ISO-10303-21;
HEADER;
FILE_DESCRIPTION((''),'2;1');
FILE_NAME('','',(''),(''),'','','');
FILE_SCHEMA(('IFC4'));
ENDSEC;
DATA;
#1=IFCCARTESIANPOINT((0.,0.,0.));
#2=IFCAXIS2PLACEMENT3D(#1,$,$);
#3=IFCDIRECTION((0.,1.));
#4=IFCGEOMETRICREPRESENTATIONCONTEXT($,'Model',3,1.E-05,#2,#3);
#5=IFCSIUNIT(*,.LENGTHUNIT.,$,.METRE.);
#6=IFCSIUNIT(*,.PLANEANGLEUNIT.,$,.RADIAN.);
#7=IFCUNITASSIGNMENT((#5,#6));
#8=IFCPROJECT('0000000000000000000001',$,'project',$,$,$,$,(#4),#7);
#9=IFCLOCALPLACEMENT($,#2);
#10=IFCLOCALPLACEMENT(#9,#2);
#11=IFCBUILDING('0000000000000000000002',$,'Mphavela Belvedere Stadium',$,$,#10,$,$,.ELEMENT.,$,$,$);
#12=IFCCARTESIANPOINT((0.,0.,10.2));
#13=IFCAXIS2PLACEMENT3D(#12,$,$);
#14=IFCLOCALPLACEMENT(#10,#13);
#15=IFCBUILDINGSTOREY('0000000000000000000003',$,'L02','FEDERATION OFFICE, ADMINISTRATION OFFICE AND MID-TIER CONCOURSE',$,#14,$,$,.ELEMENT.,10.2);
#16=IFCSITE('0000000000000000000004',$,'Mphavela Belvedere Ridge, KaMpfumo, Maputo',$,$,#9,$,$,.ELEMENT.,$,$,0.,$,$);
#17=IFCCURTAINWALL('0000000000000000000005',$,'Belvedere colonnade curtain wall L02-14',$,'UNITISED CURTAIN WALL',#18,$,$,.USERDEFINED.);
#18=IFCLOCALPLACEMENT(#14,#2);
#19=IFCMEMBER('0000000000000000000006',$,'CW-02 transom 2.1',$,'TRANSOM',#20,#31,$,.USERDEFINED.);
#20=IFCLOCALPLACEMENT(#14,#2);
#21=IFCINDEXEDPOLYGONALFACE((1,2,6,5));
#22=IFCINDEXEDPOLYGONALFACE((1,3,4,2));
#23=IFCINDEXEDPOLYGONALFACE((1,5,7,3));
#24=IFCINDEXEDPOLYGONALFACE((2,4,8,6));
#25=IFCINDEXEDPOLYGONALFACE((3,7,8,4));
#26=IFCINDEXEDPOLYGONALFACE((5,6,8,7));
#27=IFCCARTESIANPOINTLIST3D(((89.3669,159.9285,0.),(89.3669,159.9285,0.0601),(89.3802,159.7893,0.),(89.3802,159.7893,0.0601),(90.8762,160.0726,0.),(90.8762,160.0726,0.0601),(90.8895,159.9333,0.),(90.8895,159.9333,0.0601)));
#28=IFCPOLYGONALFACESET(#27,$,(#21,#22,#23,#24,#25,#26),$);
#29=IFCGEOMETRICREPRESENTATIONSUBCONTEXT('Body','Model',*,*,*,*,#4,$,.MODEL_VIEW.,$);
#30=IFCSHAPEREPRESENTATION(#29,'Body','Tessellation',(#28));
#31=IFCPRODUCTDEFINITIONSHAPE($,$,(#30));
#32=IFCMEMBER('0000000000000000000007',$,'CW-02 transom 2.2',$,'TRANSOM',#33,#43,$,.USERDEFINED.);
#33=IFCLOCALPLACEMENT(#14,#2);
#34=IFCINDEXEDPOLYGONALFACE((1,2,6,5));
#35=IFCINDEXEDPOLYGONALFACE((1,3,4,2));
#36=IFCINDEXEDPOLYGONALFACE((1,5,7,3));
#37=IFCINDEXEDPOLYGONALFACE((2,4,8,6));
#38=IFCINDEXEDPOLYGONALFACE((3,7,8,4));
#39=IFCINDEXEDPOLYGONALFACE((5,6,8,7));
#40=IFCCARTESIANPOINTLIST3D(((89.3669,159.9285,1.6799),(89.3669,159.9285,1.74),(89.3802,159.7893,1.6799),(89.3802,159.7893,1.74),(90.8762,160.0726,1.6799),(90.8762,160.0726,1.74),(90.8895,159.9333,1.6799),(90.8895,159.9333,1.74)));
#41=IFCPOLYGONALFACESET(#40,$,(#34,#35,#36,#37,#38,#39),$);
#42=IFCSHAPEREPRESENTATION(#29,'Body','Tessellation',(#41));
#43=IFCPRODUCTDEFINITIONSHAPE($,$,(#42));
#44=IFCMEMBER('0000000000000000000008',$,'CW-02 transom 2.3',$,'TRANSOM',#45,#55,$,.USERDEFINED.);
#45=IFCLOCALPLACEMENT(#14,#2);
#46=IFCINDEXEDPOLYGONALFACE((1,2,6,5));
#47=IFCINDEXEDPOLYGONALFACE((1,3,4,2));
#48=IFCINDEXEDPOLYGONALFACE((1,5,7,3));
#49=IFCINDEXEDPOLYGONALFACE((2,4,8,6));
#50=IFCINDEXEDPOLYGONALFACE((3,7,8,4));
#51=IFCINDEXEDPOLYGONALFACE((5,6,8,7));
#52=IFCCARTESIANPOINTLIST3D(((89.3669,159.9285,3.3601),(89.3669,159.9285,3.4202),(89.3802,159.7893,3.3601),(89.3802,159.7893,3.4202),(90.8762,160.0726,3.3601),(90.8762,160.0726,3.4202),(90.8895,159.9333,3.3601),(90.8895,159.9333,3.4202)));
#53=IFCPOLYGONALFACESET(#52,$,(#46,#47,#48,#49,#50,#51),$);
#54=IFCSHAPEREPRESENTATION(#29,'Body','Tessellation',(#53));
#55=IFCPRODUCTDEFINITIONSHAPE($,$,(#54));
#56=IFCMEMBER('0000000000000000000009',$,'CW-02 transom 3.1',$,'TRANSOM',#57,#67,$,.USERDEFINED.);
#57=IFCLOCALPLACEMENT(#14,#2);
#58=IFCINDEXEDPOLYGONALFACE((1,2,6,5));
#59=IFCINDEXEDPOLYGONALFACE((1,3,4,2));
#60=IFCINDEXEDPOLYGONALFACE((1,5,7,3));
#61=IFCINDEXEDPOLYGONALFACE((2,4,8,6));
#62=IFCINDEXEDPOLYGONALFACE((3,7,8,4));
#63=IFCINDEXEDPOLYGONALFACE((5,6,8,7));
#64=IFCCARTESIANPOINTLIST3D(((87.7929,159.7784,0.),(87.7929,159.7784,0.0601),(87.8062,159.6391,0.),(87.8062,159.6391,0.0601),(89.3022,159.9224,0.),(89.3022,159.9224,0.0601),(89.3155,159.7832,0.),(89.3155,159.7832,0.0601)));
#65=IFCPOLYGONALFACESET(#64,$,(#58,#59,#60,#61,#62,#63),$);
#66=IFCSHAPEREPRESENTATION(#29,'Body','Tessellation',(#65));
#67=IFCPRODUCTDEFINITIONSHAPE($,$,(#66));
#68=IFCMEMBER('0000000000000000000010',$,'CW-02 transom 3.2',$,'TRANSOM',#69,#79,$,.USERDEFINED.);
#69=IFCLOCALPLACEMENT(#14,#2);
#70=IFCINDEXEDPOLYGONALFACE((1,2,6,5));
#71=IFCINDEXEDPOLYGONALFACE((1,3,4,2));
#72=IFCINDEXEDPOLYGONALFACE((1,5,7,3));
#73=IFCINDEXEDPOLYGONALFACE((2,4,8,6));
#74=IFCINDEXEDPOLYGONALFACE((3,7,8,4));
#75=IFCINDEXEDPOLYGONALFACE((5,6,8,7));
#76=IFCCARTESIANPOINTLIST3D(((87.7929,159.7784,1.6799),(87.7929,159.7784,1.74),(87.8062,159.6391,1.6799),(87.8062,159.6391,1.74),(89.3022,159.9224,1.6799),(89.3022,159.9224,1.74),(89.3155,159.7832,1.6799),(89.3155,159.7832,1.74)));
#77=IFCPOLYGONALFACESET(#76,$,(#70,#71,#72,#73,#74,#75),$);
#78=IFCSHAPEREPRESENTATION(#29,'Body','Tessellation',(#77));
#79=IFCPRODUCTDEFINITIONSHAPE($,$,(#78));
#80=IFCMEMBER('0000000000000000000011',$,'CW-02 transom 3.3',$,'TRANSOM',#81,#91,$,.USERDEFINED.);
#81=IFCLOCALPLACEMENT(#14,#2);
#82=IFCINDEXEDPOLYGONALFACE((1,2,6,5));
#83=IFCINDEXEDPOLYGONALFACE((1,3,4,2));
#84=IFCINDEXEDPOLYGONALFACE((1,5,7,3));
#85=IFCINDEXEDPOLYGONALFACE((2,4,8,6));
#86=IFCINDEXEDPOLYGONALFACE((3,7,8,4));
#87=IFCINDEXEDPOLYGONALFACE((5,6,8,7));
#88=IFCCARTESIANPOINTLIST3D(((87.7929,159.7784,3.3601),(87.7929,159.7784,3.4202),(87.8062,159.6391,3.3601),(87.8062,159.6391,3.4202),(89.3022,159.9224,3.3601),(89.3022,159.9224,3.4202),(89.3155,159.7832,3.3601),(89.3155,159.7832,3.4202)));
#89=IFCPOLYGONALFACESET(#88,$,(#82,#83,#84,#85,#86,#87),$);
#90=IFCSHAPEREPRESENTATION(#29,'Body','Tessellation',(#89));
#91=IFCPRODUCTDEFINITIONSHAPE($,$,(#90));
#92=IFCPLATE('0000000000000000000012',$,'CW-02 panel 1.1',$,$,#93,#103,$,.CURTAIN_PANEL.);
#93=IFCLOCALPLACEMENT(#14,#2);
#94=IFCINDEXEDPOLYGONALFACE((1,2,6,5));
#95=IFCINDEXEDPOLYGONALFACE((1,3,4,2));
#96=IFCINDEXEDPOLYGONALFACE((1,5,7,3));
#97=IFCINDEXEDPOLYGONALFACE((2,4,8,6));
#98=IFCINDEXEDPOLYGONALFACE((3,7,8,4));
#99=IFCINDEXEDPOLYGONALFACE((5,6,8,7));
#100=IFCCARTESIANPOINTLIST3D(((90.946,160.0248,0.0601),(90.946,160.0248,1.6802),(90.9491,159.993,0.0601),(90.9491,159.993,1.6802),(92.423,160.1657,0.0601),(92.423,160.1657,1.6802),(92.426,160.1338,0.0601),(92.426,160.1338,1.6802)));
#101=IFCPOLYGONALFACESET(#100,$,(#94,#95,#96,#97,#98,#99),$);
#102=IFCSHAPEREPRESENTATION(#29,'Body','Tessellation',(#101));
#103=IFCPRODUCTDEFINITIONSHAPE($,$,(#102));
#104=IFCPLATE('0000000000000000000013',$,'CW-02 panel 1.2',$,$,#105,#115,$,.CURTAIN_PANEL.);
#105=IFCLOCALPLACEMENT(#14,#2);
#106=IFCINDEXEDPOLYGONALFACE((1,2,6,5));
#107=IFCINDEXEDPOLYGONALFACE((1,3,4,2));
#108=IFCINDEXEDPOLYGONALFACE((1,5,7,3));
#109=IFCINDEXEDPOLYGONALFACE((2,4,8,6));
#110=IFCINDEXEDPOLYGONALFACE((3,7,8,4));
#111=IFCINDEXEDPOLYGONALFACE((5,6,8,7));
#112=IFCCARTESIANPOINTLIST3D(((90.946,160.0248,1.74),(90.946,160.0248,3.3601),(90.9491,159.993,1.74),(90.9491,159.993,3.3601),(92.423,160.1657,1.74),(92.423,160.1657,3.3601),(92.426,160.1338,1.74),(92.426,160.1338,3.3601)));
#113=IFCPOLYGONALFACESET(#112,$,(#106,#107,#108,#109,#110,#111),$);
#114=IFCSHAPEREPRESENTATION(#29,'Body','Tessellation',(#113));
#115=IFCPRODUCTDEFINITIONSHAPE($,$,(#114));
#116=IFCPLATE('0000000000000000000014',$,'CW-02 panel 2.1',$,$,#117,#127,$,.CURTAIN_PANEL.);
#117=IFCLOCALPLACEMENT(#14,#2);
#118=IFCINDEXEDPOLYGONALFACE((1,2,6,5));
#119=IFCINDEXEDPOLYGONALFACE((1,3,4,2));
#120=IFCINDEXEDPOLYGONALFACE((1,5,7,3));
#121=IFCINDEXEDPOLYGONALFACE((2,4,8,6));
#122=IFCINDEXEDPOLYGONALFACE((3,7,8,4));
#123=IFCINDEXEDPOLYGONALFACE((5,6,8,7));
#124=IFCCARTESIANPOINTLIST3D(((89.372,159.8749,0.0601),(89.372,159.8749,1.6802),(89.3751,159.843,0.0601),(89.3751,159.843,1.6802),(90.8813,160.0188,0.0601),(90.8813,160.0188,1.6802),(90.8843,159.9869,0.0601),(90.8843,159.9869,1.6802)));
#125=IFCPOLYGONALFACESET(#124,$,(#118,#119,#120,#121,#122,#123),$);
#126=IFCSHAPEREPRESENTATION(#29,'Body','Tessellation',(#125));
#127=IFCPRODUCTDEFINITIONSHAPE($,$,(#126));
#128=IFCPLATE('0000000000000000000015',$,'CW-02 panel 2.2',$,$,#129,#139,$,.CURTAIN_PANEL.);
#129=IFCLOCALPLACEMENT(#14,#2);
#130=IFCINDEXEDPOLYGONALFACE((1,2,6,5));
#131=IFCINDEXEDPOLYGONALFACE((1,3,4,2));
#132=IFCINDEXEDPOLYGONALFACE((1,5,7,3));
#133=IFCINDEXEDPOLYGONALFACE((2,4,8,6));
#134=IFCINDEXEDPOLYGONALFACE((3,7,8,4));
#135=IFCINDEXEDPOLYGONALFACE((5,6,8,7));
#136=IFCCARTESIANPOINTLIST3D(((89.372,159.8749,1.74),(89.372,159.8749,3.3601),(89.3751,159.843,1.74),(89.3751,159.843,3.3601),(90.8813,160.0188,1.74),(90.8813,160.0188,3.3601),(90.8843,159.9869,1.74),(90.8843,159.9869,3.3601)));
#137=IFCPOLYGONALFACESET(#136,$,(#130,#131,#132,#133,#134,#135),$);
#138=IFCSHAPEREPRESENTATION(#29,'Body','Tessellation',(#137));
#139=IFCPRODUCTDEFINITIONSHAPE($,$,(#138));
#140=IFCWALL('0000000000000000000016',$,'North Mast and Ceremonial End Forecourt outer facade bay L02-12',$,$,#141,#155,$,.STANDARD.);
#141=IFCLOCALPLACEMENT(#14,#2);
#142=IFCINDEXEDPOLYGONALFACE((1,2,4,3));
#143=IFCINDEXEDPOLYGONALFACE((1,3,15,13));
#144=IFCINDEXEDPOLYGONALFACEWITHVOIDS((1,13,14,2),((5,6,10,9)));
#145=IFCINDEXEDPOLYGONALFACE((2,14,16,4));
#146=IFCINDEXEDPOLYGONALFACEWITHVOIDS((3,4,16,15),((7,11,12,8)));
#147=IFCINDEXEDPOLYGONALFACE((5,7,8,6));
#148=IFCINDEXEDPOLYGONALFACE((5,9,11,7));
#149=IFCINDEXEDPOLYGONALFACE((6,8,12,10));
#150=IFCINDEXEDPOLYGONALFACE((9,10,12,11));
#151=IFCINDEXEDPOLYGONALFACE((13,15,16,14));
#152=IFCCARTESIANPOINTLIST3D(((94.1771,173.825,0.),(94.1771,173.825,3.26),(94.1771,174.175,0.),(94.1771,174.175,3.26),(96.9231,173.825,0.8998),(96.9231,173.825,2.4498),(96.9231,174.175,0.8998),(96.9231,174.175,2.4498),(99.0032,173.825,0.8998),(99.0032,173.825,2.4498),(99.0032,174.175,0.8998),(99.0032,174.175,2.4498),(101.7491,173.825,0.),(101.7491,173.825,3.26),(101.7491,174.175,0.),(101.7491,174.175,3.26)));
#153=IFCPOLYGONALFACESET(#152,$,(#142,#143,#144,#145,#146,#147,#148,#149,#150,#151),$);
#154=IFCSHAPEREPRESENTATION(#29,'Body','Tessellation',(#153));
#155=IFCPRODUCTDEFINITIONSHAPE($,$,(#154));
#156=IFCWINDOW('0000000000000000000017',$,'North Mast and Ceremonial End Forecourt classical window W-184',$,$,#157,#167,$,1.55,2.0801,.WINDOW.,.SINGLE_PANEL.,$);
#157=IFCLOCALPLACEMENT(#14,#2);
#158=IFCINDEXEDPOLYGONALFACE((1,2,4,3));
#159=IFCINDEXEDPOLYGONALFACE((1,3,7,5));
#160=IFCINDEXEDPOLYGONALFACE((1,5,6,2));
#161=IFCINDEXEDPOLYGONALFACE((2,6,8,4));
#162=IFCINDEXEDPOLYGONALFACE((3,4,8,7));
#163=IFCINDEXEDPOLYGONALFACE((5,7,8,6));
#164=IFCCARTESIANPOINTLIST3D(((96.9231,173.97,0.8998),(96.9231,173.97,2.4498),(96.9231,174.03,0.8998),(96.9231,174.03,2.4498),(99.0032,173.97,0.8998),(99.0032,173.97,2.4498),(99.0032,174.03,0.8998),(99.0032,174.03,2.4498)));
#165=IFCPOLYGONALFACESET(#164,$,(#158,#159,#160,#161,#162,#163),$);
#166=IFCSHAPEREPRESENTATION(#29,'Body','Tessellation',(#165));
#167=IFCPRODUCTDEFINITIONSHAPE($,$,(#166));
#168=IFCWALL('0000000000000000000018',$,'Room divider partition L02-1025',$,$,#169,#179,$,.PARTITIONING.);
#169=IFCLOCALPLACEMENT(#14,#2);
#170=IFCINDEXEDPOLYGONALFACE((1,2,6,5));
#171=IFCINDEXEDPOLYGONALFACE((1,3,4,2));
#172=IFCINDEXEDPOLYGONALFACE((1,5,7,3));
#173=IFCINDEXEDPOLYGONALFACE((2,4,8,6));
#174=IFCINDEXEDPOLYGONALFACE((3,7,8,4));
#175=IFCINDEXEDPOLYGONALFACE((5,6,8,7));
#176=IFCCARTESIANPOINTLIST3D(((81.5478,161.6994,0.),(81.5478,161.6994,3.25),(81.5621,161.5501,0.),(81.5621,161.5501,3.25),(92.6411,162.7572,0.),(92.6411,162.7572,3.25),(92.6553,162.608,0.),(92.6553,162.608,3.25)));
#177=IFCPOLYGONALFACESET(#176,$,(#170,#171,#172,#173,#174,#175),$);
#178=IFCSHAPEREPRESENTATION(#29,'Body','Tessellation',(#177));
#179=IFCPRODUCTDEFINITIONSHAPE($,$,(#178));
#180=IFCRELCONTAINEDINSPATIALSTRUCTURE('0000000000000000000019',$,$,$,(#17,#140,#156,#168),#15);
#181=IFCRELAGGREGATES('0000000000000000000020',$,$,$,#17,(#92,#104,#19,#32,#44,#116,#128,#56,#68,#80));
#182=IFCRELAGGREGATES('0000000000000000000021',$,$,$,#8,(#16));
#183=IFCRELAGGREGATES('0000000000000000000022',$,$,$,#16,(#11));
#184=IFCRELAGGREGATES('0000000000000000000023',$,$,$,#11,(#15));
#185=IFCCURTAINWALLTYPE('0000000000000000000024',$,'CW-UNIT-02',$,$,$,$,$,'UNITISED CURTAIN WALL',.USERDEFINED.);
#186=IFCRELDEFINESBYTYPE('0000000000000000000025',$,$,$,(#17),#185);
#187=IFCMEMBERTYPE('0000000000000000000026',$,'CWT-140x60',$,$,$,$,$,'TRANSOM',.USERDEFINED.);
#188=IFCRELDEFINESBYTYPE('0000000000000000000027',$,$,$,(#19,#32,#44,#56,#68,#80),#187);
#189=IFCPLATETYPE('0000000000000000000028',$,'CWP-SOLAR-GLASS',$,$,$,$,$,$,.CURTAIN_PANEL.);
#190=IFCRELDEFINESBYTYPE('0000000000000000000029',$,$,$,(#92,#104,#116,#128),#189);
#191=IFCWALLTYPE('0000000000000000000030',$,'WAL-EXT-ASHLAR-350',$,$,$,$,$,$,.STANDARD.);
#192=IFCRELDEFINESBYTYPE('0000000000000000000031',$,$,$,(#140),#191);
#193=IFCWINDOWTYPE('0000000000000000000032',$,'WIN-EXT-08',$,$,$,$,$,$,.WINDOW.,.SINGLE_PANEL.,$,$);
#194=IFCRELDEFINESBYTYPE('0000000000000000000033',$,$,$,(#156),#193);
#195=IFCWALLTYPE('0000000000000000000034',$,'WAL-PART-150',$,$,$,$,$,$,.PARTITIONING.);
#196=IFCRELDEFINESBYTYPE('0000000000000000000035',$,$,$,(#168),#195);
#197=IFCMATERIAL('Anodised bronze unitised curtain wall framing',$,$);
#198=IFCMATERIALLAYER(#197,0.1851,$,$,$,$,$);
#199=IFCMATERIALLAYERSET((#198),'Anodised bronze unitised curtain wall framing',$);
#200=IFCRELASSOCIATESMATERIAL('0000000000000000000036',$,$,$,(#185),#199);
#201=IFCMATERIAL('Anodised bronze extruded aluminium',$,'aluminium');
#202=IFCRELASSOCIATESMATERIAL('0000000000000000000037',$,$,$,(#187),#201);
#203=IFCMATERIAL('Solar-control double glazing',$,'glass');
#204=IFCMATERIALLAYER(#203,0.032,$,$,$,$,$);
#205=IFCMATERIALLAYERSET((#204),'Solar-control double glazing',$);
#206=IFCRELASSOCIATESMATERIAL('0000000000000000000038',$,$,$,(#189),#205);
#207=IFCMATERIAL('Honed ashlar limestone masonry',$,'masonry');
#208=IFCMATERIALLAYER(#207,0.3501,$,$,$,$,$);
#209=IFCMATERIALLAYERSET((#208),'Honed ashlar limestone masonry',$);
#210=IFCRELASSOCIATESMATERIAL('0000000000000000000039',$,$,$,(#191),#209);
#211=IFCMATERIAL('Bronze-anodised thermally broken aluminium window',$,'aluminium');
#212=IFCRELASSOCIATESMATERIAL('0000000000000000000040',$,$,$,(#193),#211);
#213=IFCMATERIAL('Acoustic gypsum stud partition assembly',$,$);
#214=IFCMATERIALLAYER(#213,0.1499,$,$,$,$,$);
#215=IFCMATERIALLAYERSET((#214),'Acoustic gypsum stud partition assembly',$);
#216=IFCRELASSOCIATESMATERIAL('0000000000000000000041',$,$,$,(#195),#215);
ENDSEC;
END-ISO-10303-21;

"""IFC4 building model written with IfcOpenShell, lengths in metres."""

from ifc_helpers import new_model, si_unit, direction, frame, frame_2d, origin, origin_2d, place, context, subcontext, project, spatial, rectangle, extrude, material, layer, layer_set, material_profile, profile_set, type_object, element, fill, aggregate, save


model = new_model("IFC4")

# Units and contexts
model_context = context("Model", 3, precision=1e-05, world=origin(), true_north=direction((0.0, 1.0)))
body_context = subcontext(model_context, "Body", "Model", "MODEL_VIEW")
ifc_project = project(units=[si_unit("LENGTHUNIT", "METRE"), si_unit("PLANEANGLEUNIT", "RADIAN")], contexts=[model_context])

# Site, building, storey
site_placement = place(None, origin())
site = spatial("IfcSite", under=ifc_project, at=site_placement, Name="Mphavela Belvedere Ridge, KaMpfumo, Maputo", CompositionType="ELEMENT", RefElevation=0.0)
building_placement = place(site_placement, origin())
building = spatial("IfcBuilding", under=site, at=building_placement, Name="Mphavela Belvedere Stadium", CompositionType="ELEMENT")
storey_placement = place(building_placement, frame((0.0, 0.0, 10.2)))
storey = spatial("IfcBuildingStorey", under=building, at=storey_placement, Name="L02", Description="FEDERATION OFFICE, ADMINISTRATION OFFICE AND MID-TIER CONCOURSE", CompositionType="ELEMENT", Elevation=10.2)

# Curtain wall, members, plates
ifc_material_1 = material(Name="Anodised bronze unitised curtain wall framing")
ifc_layer_1 = layer(ifc_material_1, 0.1851)
ifc_layer_set_1 = layer_set([ifc_layer_1], Name="Anodised bronze unitised curtain wall framing")
curtain_wall_type = type_object("IfcCurtainWallType", Name="CW-UNIT-02", ElementType="UNITISED CURTAIN WALL", PredefinedType="USERDEFINED", material=ifc_layer_set_1)
curtain_wall_placement = place(storey_placement, origin())
curtain_wall = element("IfcCurtainWall", 1, at=curtain_wall_placement, inside=storey, type_object=curtain_wall_type, Name="Belvedere colonnade curtain wall L02-14", ObjectType="UNITISED CURTAIN WALL", PredefinedType="USERDEFINED")
ifc_material_2 = material(Name="Anodised bronze extruded aluminium", Category="aluminium")
ifc_material_profile_1 = material_profile(ifc_material_2, rectangle(XDim=0.1399, YDim=0.0601, at=origin_2d()), Name="CW-TRN 140x60")
ifc_profile_set_1 = profile_set([ifc_material_profile_1], Name="Anodised bronze extruded aluminium")
member_type_1 = type_object("IfcMemberType", Name="CWT-140x60", ElementType="TRANSOM", PredefinedType="USERDEFINED", material=ifc_profile_set_1)
member_1_placement = place(storey_placement, frame((90.8828, 160.0029, 0.03), z_axis=(-0.995477, -0.095007, 0.0), x_axis=(0.095007, -0.995477, 0.0)))
member_1 = element("IfcMember", 2, at=member_1_placement, type_object=member_type_1, Name="CW-02 transom 2.1", ObjectType="TRANSOM", PredefinedType="USERDEFINED", context=body_context, shape_type="SweptSolid", body=[
    extrude(rectangle(XDim=0.1399, YDim=0.0601, at=origin_2d()), origin(), (0.0, 0.0, 1.0), 1.5161),
])
member_2_placement = place(storey_placement, frame((90.8828, 160.0029, 1.71), z_axis=(-0.995477, -0.095007, 0.0), x_axis=(0.095007, -0.995477, 0.0)))
member_2 = element("IfcMember", 3, at=member_2_placement, type_object=member_type_1, Name="CW-02 transom 2.2", ObjectType="TRANSOM", PredefinedType="USERDEFINED", context=body_context, shape_type="SweptSolid", body=[
    extrude(rectangle(XDim=0.1399, YDim=0.0601, at=origin_2d()), origin(), (0.0, 0.0, 1.0), 1.5161),
])
member_3_placement = place(storey_placement, frame((90.8828, 160.0029, 3.3901), z_axis=(-0.995477, -0.095007, 0.0), x_axis=(0.095007, -0.995477, 0.0)))
member_3 = element("IfcMember", 4, at=member_3_placement, type_object=member_type_1, Name="CW-02 transom 2.3", ObjectType="TRANSOM", PredefinedType="USERDEFINED", context=body_context, shape_type="SweptSolid", body=[
    extrude(rectangle(XDim=0.1399, YDim=0.0601, at=origin_2d()), origin(), (0.0, 0.0, 1.0), 1.5161),
])
member_4_placement = place(storey_placement, frame((89.3088, 159.8528, 0.03), z_axis=(-0.995477, -0.095007, 0.0), x_axis=(0.095007, -0.995477, 0.0)))
member_4 = element("IfcMember", 5, at=member_4_placement, type_object=member_type_1, Name="CW-02 transom 3.1", ObjectType="TRANSOM", PredefinedType="USERDEFINED", context=body_context, shape_type="SweptSolid", body=[
    extrude(rectangle(XDim=0.1399, YDim=0.0601, at=origin_2d()), origin(), (0.0, 0.0, 1.0), 1.5161),
])
member_5_placement = place(storey_placement, frame((89.3088, 159.8528, 1.71), z_axis=(-0.995477, -0.095007, 0.0), x_axis=(0.095007, -0.995477, 0.0)))
member_5 = element("IfcMember", 6, at=member_5_placement, type_object=member_type_1, Name="CW-02 transom 3.2", ObjectType="TRANSOM", PredefinedType="USERDEFINED", context=body_context, shape_type="SweptSolid", body=[
    extrude(rectangle(XDim=0.1399, YDim=0.0601, at=origin_2d()), origin(), (0.0, 0.0, 1.0), 1.5161),
])
member_6_placement = place(storey_placement, frame((89.3088, 159.8528, 3.3901), z_axis=(-0.995477, -0.095007, 0.0), x_axis=(0.095007, -0.995477, 0.0)))
member_6 = element("IfcMember", 7, at=member_6_placement, type_object=member_type_1, Name="CW-02 transom 3.3", ObjectType="TRANSOM", PredefinedType="USERDEFINED", context=body_context, shape_type="SweptSolid", body=[
    extrude(rectangle(XDim=0.1399, YDim=0.0601, at=origin_2d()), origin(), (0.0, 0.0, 1.0), 1.5161),
])
ifc_material_3 = material(Name="Solar-control double glazing", Category="glass")
ifc_layer_2 = layer(ifc_material_3, 0.032)
ifc_layer_set_2 = layer_set([ifc_layer_2], Name="Solar-control double glazing")
plate_type = type_object("IfcPlateType", Name="CWP-SOLAR-GLASS", PredefinedType="CURTAIN_PANEL", material=ifc_layer_set_2)
plate_1_placement = place(storey_placement, frame((91.686, 160.0793, 0.0601), z_axis=(0.0, 0.0, 1.0), x_axis=(-0.995484, -0.094926, 0.0)))
plate_1 = element("IfcPlate", 8, at=plate_1_placement, type_object=plate_type, Name="CW-02 panel 1.1", PredefinedType="CURTAIN_PANEL", context=body_context, shape_type="SweptSolid", body=[
    extrude(rectangle(XDim=1.4836, YDim=0.032, at=origin_2d()), origin(), (0.0, 0.0, 1.0), 1.6201),
])
plate_2_placement = place(storey_placement, frame((91.686, 160.0793, 1.74), z_axis=(0.0, 0.0, 1.0), x_axis=(-0.995484, -0.094926, 0.0)))
plate_2 = element("IfcPlate", 9, at=plate_2_placement, type_object=plate_type, Name="CW-02 panel 1.2", PredefinedType="CURTAIN_PANEL", context=body_context, shape_type="SweptSolid", body=[
    extrude(rectangle(XDim=1.4836, YDim=0.032, at=origin_2d()), origin(), (0.0, 0.0, 1.0), 1.6201),
])
plate_3_placement = place(storey_placement, frame((90.1282, 159.9309, 0.0601), z_axis=(0.0, 0.0, 1.0), x_axis=(-0.995484, -0.094926, 0.0)))
plate_3 = element("IfcPlate", 10, at=plate_3_placement, type_object=plate_type, Name="CW-02 panel 2.1", PredefinedType="CURTAIN_PANEL", context=body_context, shape_type="SweptSolid", body=[
    extrude(rectangle(XDim=1.5161, YDim=0.032, at=origin_2d()), origin(), (0.0, 0.0, 1.0), 1.6201),
])
plate_4_placement = place(storey_placement, frame((90.1282, 159.9309, 1.74), z_axis=(0.0, 0.0, 1.0), x_axis=(-0.995484, -0.094926, 0.0)))
plate_4 = element("IfcPlate", 11, at=plate_4_placement, type_object=plate_type, Name="CW-02 panel 2.2", PredefinedType="CURTAIN_PANEL", context=body_context, shape_type="SweptSolid", body=[
    extrude(rectangle(XDim=1.5161, YDim=0.032, at=origin_2d()), origin(), (0.0, 0.0, 1.0), 1.6201),
])
aggregate(curtain_wall, [plate_1, plate_2, member_1, member_2, member_3, plate_3, plate_4, member_4, member_5, member_6])

# Wall, opening, window
ifc_material_4 = material(Name="Honed ashlar limestone masonry", Category="masonry")
ifc_layer_3 = layer(ifc_material_4, 0.3501)
ifc_layer_set_3 = layer_set([ifc_layer_3], Name="Honed ashlar limestone masonry")
wall_type_1 = type_object("IfcWallType", Name="WAL-EXT-ASHLAR-350", PredefinedType="STANDARD", material=ifc_layer_set_3)
wall_1_placement = place(storey_placement, frame((94.177, 174.0, 0.0), z_axis=(0.0, 0.0, 1.0), x_axis=(1.0, 0.0, 0.0)))
wall_1 = element("IfcWall", 12, at=wall_1_placement, inside=storey, type_object=wall_type_1, Name="North Mast and Ceremonial End Forecourt outer facade bay L02-12", PredefinedType="STANDARD", context=body_context, shape_type="SweptSolid", body=[
    extrude(rectangle(XDim=7.572, YDim=0.3501, at=frame_2d((3.7861, 0.0))), origin(), (0.0, 0.0, 1.0), 3.26),
])
opening_placement = place(wall_1_placement, frame((2.7461, 0.0, 0.8999)))
opening = element("IfcOpeningElement", 13, at=opening_placement, cuts=wall_1, PredefinedType="OPENING", context=body_context, shape_type="SweptSolid", body=[
    extrude(rectangle(XDim=2.0801, YDim=1.55, at=frame_2d((1.04, 0.7749))), frame((0.0, 0.1851, 0.0), z_axis=(0.0, -1.0, 0.0), x_axis=(1.0, 0.0, 0.0)), (0.0, 0.0, 1.0), 0.3701),
])
ifc_material_5 = material(Name="Bronze-anodised thermally broken aluminium window", Category="aluminium")
window_type = type_object("IfcWindowType", Name="WIN-EXT-08", PartitioningType="SINGLE_PANEL", PredefinedType="WINDOW", material=ifc_material_5)
window_placement = place(opening_placement, origin())
window = element("IfcWindow", 14, at=window_placement, inside=storey, type_object=window_type, Name="North Mast and Ceremonial End Forecourt classical window W-184", OverallHeight=1.55, OverallWidth=2.0801, PartitioningType="SINGLE_PANEL", PredefinedType="WINDOW", context=body_context, shape_type="SweptSolid", body=[
    extrude(rectangle(XDim=2.0801, YDim=1.55, at=frame_2d((1.04, 0.7749))), frame((0.0, 0.03, 0.0), z_axis=(0.0, -1.0, 0.0), x_axis=(1.0, 0.0, 0.0)), (0.0, 0.0, 1.0), 0.0601),
])
fill(opening, window)

# Wall
ifc_material_6 = material(Name="Acoustic gypsum stud partition assembly")
ifc_layer_4 = layer(ifc_material_6, 0.1499)
ifc_layer_set_4 = layer_set([ifc_layer_4], Name="Acoustic gypsum stud partition assembly")
wall_type_2 = type_object("IfcWallType", Name="WAL-PART-150", PredefinedType="PARTITIONING", material=ifc_layer_set_4)
wall_2_placement = place(storey_placement, frame((92.6482, 162.6826, 0.0), z_axis=(0.0, 0.0, 1.0), x_axis=(-0.995484, -0.09493, 0.0)))
element("IfcWall", 15, at=wall_2_placement, inside=storey, type_object=wall_type_2, Name="Room divider partition L02-1025", PredefinedType="PARTITIONING", context=body_context, shape_type="SweptSolid", body=[
    extrude(rectangle(XDim=11.1436, YDim=0.1499, at=frame_2d((5.5718, 0.0))), origin(), (0.0, 0.0, 1.0), 3.25),
])

save(model, "model.ifc")
